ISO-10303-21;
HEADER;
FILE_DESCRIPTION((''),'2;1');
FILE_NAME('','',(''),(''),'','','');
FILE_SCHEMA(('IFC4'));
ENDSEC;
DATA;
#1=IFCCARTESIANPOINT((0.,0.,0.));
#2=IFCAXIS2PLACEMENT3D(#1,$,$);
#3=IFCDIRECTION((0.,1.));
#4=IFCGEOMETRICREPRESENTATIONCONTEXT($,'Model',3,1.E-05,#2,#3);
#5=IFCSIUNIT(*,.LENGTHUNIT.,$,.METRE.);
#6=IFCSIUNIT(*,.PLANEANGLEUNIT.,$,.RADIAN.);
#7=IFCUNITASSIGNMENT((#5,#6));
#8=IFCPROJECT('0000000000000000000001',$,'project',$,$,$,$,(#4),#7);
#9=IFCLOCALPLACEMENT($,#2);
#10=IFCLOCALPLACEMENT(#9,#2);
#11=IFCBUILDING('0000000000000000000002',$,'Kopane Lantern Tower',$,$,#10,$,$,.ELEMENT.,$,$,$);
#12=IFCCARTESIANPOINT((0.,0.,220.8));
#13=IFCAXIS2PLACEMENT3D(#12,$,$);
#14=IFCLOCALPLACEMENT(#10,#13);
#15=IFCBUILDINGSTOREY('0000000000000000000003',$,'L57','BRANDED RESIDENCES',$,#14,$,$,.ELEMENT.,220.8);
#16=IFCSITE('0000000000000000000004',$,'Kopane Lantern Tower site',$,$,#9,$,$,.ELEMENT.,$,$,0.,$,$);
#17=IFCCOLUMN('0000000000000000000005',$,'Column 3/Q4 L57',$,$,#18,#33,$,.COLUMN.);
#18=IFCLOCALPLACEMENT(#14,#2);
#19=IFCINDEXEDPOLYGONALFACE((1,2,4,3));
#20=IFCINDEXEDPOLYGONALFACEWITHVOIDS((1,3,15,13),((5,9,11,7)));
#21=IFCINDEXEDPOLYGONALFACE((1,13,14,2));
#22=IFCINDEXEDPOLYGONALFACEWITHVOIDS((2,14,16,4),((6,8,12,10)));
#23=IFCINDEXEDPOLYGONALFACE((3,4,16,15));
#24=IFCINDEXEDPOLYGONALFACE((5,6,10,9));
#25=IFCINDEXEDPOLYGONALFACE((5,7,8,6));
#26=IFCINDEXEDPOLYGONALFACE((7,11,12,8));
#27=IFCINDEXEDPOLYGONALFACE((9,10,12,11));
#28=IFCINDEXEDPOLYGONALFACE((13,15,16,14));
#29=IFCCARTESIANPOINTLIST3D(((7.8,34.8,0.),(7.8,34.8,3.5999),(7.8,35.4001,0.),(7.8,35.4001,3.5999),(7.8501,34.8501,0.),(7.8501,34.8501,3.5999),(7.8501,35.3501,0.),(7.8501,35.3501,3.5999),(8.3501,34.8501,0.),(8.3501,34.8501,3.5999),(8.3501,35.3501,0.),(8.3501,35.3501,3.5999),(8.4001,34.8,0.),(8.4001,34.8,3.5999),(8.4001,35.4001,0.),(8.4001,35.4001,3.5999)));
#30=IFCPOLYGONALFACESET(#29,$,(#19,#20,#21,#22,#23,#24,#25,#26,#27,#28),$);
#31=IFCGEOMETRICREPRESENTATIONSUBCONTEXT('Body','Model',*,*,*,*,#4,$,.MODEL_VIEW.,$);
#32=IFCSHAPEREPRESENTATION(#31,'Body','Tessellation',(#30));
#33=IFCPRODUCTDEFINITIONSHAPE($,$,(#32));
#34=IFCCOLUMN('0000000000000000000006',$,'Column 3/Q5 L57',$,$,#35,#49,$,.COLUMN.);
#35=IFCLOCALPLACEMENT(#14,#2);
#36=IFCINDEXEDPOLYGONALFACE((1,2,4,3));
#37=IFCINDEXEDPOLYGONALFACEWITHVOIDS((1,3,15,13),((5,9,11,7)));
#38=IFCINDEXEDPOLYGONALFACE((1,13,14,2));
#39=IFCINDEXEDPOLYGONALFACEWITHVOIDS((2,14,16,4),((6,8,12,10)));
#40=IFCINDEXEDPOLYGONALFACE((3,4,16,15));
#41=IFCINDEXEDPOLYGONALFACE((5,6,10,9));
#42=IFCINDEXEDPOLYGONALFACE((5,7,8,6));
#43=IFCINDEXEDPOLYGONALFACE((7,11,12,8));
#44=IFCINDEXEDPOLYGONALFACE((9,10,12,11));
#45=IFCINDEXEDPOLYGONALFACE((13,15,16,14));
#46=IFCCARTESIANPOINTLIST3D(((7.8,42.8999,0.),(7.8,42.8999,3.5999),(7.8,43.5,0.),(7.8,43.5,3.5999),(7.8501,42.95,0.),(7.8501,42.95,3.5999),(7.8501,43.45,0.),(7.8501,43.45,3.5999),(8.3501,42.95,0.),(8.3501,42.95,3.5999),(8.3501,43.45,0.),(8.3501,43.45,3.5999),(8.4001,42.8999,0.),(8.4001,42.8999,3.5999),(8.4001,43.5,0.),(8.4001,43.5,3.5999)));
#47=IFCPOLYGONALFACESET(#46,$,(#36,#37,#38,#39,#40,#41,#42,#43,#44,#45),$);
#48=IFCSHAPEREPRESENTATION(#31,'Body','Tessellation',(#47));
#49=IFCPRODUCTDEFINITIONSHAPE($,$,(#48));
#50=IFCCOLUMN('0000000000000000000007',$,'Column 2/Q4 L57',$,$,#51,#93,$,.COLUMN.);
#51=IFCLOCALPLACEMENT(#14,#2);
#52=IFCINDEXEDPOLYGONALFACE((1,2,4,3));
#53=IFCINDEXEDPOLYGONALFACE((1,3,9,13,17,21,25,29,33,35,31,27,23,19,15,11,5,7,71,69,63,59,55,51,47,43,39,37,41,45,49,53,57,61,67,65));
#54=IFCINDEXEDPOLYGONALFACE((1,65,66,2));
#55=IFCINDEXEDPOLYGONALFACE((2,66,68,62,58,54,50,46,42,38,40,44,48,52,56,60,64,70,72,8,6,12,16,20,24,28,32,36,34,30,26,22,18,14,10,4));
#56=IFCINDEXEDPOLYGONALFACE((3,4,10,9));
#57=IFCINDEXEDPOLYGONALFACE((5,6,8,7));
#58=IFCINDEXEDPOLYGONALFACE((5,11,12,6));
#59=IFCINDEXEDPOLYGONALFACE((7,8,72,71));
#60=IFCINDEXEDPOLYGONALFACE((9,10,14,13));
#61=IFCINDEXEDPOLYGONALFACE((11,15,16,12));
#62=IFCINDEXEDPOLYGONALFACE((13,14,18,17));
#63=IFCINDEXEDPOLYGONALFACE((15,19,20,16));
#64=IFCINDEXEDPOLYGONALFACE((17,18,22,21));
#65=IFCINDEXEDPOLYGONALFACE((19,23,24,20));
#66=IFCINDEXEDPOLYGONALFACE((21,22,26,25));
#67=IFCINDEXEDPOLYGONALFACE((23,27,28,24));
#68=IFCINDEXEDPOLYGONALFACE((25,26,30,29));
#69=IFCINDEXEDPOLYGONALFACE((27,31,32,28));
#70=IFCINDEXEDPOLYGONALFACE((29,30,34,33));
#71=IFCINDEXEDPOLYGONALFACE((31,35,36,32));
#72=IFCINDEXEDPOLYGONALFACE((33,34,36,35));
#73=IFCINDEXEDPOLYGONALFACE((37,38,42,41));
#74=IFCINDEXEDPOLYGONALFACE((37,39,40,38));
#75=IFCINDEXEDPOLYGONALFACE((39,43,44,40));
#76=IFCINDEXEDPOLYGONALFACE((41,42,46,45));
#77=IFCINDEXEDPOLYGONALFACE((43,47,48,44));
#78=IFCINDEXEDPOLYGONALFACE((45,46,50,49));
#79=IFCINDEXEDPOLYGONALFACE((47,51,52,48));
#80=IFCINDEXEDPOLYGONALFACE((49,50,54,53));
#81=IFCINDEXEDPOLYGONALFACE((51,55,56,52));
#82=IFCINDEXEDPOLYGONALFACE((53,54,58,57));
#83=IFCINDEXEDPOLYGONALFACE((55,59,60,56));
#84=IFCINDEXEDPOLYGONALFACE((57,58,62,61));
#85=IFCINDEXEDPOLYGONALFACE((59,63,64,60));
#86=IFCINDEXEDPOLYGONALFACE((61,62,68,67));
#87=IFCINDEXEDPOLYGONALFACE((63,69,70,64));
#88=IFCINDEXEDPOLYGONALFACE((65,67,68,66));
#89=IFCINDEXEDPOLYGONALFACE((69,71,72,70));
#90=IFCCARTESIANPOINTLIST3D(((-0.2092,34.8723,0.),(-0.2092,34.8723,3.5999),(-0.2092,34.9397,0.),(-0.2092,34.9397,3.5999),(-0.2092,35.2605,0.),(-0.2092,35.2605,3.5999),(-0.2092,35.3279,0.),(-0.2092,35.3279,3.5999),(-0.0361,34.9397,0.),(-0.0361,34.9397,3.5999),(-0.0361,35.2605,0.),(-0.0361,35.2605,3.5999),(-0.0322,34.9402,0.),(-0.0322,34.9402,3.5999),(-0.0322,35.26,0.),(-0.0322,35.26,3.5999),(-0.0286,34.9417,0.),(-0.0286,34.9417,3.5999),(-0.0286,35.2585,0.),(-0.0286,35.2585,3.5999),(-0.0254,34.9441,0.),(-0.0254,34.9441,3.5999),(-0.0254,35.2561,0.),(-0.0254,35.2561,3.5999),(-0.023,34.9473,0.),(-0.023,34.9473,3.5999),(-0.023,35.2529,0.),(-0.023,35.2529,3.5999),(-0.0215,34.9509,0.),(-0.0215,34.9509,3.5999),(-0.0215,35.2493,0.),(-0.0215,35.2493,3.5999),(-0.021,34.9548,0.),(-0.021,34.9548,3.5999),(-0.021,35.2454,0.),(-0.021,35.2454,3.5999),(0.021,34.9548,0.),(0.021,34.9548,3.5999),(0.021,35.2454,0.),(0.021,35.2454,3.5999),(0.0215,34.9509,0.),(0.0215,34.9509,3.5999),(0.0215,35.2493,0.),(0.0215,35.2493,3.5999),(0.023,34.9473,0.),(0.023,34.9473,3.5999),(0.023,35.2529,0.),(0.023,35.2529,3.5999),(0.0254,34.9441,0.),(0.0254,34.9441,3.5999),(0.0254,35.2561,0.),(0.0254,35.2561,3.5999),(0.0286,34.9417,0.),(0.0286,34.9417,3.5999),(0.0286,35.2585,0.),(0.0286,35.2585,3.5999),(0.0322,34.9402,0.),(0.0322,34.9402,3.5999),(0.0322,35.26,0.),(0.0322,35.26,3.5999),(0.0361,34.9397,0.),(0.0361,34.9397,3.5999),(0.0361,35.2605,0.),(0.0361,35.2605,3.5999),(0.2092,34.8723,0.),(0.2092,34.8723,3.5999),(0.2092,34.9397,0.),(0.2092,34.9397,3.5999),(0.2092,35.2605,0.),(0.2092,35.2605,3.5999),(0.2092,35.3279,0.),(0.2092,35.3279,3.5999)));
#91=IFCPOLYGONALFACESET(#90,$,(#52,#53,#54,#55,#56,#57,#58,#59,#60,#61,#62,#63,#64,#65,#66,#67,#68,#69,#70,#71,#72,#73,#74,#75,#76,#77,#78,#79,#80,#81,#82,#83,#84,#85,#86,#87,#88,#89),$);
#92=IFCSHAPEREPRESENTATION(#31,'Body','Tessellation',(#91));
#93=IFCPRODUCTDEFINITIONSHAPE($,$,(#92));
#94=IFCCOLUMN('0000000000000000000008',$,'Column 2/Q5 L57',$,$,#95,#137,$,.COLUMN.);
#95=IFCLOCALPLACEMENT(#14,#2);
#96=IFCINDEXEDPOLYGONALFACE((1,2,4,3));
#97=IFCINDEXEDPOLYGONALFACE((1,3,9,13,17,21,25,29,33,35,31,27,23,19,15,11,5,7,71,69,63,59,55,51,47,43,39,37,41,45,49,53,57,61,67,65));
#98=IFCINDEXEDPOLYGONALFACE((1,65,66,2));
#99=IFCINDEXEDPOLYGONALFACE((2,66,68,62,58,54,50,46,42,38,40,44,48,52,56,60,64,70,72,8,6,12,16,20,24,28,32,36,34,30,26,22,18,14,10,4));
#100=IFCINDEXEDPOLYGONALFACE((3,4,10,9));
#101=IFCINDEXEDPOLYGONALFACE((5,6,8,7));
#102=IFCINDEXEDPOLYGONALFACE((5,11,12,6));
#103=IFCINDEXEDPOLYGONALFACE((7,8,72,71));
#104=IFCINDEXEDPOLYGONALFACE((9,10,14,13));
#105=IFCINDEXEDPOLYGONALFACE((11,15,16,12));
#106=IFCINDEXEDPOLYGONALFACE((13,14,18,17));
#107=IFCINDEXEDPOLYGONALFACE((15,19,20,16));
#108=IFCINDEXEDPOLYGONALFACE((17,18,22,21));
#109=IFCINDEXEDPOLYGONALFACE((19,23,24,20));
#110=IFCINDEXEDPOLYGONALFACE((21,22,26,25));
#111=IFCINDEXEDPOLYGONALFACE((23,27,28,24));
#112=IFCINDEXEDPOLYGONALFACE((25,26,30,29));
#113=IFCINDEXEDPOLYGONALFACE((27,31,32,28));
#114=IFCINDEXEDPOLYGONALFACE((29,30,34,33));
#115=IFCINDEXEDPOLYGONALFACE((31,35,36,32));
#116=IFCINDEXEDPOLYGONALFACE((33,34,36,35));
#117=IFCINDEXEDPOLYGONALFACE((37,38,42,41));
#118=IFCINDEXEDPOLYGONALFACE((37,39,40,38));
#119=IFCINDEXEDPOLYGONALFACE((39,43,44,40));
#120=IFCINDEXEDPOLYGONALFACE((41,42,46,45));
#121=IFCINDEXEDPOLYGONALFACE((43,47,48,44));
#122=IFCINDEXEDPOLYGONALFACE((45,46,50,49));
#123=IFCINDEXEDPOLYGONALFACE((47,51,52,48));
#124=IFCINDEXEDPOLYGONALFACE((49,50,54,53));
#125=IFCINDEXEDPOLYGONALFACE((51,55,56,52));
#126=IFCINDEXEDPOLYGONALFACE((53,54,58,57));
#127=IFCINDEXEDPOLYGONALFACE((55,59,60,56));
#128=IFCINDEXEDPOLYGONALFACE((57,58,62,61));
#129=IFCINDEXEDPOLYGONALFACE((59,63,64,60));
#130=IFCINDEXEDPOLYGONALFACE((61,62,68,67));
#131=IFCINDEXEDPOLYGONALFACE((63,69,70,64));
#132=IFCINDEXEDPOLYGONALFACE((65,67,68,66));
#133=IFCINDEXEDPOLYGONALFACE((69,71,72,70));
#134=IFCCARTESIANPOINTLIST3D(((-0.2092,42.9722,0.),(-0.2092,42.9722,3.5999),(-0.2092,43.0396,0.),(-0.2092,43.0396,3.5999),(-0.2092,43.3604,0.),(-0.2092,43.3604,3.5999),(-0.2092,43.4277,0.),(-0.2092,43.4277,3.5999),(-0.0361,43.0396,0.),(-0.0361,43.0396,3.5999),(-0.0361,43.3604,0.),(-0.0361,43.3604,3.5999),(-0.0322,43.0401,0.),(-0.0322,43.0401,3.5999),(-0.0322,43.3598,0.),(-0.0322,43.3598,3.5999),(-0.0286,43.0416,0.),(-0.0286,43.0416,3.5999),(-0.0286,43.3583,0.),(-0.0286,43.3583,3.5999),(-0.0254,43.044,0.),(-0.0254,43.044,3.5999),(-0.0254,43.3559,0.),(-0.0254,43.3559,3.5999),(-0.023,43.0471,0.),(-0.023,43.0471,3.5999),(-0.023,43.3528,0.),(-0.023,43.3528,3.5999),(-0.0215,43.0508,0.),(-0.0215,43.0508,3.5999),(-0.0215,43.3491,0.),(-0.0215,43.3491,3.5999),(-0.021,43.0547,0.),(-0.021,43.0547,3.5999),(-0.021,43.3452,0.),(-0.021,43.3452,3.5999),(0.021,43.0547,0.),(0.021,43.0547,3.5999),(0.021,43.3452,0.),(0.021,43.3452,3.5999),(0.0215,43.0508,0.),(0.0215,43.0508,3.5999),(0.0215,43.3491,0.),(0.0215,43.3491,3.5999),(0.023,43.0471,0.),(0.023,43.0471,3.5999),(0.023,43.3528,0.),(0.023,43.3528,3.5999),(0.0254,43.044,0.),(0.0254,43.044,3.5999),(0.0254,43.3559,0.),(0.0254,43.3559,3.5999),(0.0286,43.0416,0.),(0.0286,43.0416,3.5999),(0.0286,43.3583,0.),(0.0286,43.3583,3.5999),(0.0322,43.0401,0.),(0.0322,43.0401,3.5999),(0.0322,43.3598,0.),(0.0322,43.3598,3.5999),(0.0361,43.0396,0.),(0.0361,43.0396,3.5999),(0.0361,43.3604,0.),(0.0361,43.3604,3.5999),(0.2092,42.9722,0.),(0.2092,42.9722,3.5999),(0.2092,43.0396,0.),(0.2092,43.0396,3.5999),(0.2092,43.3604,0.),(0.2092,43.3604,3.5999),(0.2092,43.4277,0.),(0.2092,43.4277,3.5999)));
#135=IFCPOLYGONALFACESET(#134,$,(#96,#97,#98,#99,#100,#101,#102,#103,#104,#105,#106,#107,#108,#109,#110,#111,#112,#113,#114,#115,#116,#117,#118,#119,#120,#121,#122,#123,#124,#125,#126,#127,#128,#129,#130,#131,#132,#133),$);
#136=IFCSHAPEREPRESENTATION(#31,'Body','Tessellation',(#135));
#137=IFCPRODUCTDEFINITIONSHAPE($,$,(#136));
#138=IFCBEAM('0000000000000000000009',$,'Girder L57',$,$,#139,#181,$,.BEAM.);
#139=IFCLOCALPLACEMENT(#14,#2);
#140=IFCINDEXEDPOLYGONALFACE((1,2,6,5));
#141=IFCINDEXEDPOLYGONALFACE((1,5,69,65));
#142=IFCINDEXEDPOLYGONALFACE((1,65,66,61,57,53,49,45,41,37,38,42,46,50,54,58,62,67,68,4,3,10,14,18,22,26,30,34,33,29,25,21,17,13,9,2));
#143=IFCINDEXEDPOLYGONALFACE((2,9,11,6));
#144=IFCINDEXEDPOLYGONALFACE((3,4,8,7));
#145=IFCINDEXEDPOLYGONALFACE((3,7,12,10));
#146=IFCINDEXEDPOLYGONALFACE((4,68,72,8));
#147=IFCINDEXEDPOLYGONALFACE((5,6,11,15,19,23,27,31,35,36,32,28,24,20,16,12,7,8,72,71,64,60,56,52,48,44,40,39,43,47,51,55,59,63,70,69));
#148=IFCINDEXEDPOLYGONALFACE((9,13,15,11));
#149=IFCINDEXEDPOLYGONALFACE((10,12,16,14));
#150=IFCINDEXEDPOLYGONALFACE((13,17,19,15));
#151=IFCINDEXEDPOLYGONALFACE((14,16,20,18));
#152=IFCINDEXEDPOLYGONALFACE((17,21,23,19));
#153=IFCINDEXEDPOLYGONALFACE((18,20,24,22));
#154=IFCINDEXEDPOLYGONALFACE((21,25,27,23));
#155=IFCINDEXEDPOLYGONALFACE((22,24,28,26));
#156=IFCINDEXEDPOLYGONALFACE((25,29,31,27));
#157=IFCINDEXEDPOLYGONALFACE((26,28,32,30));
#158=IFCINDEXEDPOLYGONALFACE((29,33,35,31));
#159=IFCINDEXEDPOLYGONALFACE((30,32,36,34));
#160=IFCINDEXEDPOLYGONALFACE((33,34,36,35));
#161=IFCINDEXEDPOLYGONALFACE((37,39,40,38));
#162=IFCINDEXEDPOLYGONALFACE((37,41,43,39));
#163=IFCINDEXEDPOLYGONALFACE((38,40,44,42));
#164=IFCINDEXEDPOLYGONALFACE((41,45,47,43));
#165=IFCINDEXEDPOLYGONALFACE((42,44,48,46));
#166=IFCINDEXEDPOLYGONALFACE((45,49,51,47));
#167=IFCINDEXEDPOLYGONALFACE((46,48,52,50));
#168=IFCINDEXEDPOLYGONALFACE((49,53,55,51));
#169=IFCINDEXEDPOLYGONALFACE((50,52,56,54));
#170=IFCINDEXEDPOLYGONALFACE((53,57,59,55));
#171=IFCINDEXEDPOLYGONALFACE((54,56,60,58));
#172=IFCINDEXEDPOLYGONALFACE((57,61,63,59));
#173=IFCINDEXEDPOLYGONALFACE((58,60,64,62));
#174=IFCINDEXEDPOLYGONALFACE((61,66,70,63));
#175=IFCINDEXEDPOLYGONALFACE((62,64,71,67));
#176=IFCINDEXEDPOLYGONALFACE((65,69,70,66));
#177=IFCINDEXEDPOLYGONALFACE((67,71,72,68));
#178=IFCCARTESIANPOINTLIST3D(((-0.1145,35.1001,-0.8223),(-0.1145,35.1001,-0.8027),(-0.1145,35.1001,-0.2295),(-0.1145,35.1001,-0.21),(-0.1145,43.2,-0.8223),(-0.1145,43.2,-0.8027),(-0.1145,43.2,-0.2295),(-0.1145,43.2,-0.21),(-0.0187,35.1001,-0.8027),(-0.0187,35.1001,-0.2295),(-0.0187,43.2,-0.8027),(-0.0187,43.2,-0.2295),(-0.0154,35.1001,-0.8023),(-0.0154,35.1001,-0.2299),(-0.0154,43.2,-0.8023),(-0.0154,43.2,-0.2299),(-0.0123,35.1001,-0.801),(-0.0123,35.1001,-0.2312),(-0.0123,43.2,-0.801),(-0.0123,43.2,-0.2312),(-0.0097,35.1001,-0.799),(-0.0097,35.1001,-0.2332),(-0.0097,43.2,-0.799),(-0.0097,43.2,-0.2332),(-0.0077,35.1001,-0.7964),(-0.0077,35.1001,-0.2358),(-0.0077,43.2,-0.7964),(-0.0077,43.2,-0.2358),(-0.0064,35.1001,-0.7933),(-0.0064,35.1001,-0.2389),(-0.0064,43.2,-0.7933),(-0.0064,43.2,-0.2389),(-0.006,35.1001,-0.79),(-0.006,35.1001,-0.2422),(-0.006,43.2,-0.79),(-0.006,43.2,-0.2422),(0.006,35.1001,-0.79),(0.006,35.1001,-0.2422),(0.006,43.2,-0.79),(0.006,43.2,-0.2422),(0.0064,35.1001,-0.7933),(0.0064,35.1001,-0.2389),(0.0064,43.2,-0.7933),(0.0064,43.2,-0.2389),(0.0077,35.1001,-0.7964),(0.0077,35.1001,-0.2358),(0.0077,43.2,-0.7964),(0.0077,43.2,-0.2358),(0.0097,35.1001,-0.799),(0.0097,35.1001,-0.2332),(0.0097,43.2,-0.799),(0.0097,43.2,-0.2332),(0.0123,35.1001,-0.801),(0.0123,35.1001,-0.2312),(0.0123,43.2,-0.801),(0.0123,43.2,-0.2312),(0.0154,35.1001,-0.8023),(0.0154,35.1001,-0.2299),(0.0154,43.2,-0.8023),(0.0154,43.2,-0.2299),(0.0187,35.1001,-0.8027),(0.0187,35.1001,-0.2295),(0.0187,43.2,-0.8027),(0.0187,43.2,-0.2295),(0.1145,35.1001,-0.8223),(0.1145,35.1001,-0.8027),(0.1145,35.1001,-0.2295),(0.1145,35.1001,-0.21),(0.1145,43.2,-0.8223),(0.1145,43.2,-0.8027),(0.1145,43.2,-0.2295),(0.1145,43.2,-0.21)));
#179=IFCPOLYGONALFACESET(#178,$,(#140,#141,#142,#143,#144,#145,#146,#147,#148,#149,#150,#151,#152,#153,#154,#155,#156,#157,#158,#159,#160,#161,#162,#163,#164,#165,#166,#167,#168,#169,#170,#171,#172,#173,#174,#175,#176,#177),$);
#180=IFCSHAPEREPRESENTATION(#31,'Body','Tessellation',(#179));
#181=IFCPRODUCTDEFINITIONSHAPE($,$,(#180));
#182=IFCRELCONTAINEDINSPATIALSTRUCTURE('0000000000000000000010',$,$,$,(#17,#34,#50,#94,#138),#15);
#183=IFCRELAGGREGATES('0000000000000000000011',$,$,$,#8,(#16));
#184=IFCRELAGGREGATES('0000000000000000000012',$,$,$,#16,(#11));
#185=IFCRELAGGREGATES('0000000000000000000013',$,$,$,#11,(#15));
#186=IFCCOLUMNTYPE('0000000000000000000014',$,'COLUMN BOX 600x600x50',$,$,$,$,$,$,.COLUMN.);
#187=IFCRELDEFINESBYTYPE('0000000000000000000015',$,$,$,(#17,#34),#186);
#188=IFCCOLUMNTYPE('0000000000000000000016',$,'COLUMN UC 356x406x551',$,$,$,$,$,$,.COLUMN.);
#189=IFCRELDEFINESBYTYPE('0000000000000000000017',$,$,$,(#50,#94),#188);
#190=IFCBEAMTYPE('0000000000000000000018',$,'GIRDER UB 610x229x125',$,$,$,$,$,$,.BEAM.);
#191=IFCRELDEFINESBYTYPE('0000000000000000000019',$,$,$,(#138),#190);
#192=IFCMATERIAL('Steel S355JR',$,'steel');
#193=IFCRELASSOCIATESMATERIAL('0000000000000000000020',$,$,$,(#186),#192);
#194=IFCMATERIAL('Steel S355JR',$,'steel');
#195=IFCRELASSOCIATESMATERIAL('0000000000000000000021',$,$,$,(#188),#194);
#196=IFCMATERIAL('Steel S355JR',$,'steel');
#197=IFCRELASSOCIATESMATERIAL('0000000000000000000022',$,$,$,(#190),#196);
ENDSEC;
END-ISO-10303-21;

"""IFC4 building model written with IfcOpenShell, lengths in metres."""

from ifc_helpers import new_model, si_unit, direction, frame, origin, origin_2d, place, context, subcontext, project, spatial, hollow_rectangle, i_section, extrude, material, material_profile, profile_set, type_object, element, save


model = new_model("IFC4")

# Units and contexts
model_context = context("Model", 3, precision=1e-05, world=origin(), true_north=direction((0.0, 1.0)))
body_context = subcontext(model_context, "Body", "Model", "MODEL_VIEW")
ifc_project = project(units=[si_unit("LENGTHUNIT", "METRE"), si_unit("PLANEANGLEUNIT", "RADIAN")], contexts=[model_context])

# Site, building, storey
site_placement = place(None, origin())
site = spatial("IfcSite", under=ifc_project, at=site_placement, Name="Kopane Lantern Tower site", CompositionType="ELEMENT", RefElevation=0.0)
building_placement = place(site_placement, origin())
building = spatial("IfcBuilding", under=site, at=building_placement, Name="Kopane Lantern Tower", CompositionType="ELEMENT")
storey_placement = place(building_placement, frame((0.0, 0.0, 220.8)))
storey = spatial("IfcBuildingStorey", under=building, at=storey_placement, Name="L57", Description="BRANDED RESIDENCES", CompositionType="ELEMENT", Elevation=220.8)

# Columns
ifc_material_1 = material(Name="Steel S355JR", Category="steel")
ifc_material_profile_1 = material_profile(ifc_material_1, hollow_rectangle(XDim=0.6001, YDim=0.6001, WallThickness=0.05, at=origin_2d()), Name="BOX 600x600x50")
ifc_profile_set_1 = profile_set([ifc_material_profile_1], Name="Steel S355JR")
column_type_1 = type_object("IfcColumnType", Name="COLUMN BOX 600x600x50", PredefinedType="COLUMN", material=ifc_profile_set_1)
for number, where, z_axis, x_axis, name in (
    (1, (8.1001, 35.1001, 0.0), (0.0, 0.0, 1.0), (1.0, 0.0, 0.0), "Column 3/Q4 L57"),
    (2, (8.1001, 43.2, 0.0), (0.0, 0.0, 1.0), (1.0, 0.0, 0.0), "Column 3/Q5 L57"),
):
    element("IfcColumn", number, at=place(storey_placement, frame(where, z_axis=z_axis, x_axis=x_axis)), inside=storey, type_object=column_type_1, Name=name, PredefinedType="COLUMN", context=body_context, shape_type="SweptSolid", body=[
        extrude(hollow_rectangle(XDim=0.6001, YDim=0.6001, WallThickness=0.05, at=origin_2d()), origin(), (0.0, 0.0, 1.0), 3.5999),
    ])
ifc_material_2 = material(Name="Steel S355JR", Category="steel")
ifc_material_profile_2 = material_profile(ifc_material_2, i_section(OverallWidth=0.4185, OverallDepth=0.4556, WebThickness=0.042, FlangeThickness=0.0674, FilletRadius=0.0151, at=origin_2d()), Name="UC 356x406x551")
ifc_profile_set_2 = profile_set([ifc_material_profile_2], Name="Steel S355JR")
column_type_2 = type_object("IfcColumnType", Name="COLUMN UC 356x406x551", PredefinedType="COLUMN", material=ifc_profile_set_2)
for number, where, z_axis, x_axis, name in (
    (3, (0.0, 35.1001, 0.0), (0.0, 0.0, 1.0), (1.0, 0.0, 0.0), "Column 2/Q4 L57"),
    (4, (0.0, 43.2, 0.0), (0.0, 0.0, 1.0), (1.0, 0.0, 0.0), "Column 2/Q5 L57"),
):
    element("IfcColumn", number, at=place(storey_placement, frame(where, z_axis=z_axis, x_axis=x_axis)), inside=storey, type_object=column_type_2, Name=name, PredefinedType="COLUMN", context=body_context, shape_type="SweptSolid", body=[
        extrude(i_section(OverallWidth=0.4185, OverallDepth=0.4556, WebThickness=0.042, FlangeThickness=0.0674, FilletRadius=0.0151, at=origin_2d()), origin(), (0.0, 0.0, 1.0), 3.5999),
    ])

# Beam
ifc_material_3 = material(Name="Steel S355JR", Category="steel")
ifc_material_profile_3 = material_profile(ifc_material_3, i_section(OverallWidth=0.229, OverallDepth=0.6123, WebThickness=0.012, FlangeThickness=0.0195, FilletRadius=0.0127, at=origin_2d()), Name="UB 610x229x125")
ifc_profile_set_3 = profile_set([ifc_material_profile_3], Name="Steel S355JR")
beam_type = type_object("IfcBeamType", Name="GIRDER UB 610x229x125", PredefinedType="BEAM", material=ifc_profile_set_3)
beam_1_placement = place(storey_placement, frame((0.0, 35.1001, -0.5161), z_axis=(0.0, 1.0, 0.0), x_axis=(-1.0, 0.0, 0.0)))
element("IfcBeam", 5, at=beam_1_placement, inside=storey, type_object=beam_type, Name="Girder L57", PredefinedType="BEAM", context=body_context, shape_type="SweptSolid", body=[
    extrude(i_section(OverallWidth=0.229, OverallDepth=0.6123, WebThickness=0.012, FlangeThickness=0.0195, FilletRadius=0.0127, at=origin_2d()), origin(), (0.0, 0.0, 1.0), 8.0999),
])

save(model, "model.ifc")
